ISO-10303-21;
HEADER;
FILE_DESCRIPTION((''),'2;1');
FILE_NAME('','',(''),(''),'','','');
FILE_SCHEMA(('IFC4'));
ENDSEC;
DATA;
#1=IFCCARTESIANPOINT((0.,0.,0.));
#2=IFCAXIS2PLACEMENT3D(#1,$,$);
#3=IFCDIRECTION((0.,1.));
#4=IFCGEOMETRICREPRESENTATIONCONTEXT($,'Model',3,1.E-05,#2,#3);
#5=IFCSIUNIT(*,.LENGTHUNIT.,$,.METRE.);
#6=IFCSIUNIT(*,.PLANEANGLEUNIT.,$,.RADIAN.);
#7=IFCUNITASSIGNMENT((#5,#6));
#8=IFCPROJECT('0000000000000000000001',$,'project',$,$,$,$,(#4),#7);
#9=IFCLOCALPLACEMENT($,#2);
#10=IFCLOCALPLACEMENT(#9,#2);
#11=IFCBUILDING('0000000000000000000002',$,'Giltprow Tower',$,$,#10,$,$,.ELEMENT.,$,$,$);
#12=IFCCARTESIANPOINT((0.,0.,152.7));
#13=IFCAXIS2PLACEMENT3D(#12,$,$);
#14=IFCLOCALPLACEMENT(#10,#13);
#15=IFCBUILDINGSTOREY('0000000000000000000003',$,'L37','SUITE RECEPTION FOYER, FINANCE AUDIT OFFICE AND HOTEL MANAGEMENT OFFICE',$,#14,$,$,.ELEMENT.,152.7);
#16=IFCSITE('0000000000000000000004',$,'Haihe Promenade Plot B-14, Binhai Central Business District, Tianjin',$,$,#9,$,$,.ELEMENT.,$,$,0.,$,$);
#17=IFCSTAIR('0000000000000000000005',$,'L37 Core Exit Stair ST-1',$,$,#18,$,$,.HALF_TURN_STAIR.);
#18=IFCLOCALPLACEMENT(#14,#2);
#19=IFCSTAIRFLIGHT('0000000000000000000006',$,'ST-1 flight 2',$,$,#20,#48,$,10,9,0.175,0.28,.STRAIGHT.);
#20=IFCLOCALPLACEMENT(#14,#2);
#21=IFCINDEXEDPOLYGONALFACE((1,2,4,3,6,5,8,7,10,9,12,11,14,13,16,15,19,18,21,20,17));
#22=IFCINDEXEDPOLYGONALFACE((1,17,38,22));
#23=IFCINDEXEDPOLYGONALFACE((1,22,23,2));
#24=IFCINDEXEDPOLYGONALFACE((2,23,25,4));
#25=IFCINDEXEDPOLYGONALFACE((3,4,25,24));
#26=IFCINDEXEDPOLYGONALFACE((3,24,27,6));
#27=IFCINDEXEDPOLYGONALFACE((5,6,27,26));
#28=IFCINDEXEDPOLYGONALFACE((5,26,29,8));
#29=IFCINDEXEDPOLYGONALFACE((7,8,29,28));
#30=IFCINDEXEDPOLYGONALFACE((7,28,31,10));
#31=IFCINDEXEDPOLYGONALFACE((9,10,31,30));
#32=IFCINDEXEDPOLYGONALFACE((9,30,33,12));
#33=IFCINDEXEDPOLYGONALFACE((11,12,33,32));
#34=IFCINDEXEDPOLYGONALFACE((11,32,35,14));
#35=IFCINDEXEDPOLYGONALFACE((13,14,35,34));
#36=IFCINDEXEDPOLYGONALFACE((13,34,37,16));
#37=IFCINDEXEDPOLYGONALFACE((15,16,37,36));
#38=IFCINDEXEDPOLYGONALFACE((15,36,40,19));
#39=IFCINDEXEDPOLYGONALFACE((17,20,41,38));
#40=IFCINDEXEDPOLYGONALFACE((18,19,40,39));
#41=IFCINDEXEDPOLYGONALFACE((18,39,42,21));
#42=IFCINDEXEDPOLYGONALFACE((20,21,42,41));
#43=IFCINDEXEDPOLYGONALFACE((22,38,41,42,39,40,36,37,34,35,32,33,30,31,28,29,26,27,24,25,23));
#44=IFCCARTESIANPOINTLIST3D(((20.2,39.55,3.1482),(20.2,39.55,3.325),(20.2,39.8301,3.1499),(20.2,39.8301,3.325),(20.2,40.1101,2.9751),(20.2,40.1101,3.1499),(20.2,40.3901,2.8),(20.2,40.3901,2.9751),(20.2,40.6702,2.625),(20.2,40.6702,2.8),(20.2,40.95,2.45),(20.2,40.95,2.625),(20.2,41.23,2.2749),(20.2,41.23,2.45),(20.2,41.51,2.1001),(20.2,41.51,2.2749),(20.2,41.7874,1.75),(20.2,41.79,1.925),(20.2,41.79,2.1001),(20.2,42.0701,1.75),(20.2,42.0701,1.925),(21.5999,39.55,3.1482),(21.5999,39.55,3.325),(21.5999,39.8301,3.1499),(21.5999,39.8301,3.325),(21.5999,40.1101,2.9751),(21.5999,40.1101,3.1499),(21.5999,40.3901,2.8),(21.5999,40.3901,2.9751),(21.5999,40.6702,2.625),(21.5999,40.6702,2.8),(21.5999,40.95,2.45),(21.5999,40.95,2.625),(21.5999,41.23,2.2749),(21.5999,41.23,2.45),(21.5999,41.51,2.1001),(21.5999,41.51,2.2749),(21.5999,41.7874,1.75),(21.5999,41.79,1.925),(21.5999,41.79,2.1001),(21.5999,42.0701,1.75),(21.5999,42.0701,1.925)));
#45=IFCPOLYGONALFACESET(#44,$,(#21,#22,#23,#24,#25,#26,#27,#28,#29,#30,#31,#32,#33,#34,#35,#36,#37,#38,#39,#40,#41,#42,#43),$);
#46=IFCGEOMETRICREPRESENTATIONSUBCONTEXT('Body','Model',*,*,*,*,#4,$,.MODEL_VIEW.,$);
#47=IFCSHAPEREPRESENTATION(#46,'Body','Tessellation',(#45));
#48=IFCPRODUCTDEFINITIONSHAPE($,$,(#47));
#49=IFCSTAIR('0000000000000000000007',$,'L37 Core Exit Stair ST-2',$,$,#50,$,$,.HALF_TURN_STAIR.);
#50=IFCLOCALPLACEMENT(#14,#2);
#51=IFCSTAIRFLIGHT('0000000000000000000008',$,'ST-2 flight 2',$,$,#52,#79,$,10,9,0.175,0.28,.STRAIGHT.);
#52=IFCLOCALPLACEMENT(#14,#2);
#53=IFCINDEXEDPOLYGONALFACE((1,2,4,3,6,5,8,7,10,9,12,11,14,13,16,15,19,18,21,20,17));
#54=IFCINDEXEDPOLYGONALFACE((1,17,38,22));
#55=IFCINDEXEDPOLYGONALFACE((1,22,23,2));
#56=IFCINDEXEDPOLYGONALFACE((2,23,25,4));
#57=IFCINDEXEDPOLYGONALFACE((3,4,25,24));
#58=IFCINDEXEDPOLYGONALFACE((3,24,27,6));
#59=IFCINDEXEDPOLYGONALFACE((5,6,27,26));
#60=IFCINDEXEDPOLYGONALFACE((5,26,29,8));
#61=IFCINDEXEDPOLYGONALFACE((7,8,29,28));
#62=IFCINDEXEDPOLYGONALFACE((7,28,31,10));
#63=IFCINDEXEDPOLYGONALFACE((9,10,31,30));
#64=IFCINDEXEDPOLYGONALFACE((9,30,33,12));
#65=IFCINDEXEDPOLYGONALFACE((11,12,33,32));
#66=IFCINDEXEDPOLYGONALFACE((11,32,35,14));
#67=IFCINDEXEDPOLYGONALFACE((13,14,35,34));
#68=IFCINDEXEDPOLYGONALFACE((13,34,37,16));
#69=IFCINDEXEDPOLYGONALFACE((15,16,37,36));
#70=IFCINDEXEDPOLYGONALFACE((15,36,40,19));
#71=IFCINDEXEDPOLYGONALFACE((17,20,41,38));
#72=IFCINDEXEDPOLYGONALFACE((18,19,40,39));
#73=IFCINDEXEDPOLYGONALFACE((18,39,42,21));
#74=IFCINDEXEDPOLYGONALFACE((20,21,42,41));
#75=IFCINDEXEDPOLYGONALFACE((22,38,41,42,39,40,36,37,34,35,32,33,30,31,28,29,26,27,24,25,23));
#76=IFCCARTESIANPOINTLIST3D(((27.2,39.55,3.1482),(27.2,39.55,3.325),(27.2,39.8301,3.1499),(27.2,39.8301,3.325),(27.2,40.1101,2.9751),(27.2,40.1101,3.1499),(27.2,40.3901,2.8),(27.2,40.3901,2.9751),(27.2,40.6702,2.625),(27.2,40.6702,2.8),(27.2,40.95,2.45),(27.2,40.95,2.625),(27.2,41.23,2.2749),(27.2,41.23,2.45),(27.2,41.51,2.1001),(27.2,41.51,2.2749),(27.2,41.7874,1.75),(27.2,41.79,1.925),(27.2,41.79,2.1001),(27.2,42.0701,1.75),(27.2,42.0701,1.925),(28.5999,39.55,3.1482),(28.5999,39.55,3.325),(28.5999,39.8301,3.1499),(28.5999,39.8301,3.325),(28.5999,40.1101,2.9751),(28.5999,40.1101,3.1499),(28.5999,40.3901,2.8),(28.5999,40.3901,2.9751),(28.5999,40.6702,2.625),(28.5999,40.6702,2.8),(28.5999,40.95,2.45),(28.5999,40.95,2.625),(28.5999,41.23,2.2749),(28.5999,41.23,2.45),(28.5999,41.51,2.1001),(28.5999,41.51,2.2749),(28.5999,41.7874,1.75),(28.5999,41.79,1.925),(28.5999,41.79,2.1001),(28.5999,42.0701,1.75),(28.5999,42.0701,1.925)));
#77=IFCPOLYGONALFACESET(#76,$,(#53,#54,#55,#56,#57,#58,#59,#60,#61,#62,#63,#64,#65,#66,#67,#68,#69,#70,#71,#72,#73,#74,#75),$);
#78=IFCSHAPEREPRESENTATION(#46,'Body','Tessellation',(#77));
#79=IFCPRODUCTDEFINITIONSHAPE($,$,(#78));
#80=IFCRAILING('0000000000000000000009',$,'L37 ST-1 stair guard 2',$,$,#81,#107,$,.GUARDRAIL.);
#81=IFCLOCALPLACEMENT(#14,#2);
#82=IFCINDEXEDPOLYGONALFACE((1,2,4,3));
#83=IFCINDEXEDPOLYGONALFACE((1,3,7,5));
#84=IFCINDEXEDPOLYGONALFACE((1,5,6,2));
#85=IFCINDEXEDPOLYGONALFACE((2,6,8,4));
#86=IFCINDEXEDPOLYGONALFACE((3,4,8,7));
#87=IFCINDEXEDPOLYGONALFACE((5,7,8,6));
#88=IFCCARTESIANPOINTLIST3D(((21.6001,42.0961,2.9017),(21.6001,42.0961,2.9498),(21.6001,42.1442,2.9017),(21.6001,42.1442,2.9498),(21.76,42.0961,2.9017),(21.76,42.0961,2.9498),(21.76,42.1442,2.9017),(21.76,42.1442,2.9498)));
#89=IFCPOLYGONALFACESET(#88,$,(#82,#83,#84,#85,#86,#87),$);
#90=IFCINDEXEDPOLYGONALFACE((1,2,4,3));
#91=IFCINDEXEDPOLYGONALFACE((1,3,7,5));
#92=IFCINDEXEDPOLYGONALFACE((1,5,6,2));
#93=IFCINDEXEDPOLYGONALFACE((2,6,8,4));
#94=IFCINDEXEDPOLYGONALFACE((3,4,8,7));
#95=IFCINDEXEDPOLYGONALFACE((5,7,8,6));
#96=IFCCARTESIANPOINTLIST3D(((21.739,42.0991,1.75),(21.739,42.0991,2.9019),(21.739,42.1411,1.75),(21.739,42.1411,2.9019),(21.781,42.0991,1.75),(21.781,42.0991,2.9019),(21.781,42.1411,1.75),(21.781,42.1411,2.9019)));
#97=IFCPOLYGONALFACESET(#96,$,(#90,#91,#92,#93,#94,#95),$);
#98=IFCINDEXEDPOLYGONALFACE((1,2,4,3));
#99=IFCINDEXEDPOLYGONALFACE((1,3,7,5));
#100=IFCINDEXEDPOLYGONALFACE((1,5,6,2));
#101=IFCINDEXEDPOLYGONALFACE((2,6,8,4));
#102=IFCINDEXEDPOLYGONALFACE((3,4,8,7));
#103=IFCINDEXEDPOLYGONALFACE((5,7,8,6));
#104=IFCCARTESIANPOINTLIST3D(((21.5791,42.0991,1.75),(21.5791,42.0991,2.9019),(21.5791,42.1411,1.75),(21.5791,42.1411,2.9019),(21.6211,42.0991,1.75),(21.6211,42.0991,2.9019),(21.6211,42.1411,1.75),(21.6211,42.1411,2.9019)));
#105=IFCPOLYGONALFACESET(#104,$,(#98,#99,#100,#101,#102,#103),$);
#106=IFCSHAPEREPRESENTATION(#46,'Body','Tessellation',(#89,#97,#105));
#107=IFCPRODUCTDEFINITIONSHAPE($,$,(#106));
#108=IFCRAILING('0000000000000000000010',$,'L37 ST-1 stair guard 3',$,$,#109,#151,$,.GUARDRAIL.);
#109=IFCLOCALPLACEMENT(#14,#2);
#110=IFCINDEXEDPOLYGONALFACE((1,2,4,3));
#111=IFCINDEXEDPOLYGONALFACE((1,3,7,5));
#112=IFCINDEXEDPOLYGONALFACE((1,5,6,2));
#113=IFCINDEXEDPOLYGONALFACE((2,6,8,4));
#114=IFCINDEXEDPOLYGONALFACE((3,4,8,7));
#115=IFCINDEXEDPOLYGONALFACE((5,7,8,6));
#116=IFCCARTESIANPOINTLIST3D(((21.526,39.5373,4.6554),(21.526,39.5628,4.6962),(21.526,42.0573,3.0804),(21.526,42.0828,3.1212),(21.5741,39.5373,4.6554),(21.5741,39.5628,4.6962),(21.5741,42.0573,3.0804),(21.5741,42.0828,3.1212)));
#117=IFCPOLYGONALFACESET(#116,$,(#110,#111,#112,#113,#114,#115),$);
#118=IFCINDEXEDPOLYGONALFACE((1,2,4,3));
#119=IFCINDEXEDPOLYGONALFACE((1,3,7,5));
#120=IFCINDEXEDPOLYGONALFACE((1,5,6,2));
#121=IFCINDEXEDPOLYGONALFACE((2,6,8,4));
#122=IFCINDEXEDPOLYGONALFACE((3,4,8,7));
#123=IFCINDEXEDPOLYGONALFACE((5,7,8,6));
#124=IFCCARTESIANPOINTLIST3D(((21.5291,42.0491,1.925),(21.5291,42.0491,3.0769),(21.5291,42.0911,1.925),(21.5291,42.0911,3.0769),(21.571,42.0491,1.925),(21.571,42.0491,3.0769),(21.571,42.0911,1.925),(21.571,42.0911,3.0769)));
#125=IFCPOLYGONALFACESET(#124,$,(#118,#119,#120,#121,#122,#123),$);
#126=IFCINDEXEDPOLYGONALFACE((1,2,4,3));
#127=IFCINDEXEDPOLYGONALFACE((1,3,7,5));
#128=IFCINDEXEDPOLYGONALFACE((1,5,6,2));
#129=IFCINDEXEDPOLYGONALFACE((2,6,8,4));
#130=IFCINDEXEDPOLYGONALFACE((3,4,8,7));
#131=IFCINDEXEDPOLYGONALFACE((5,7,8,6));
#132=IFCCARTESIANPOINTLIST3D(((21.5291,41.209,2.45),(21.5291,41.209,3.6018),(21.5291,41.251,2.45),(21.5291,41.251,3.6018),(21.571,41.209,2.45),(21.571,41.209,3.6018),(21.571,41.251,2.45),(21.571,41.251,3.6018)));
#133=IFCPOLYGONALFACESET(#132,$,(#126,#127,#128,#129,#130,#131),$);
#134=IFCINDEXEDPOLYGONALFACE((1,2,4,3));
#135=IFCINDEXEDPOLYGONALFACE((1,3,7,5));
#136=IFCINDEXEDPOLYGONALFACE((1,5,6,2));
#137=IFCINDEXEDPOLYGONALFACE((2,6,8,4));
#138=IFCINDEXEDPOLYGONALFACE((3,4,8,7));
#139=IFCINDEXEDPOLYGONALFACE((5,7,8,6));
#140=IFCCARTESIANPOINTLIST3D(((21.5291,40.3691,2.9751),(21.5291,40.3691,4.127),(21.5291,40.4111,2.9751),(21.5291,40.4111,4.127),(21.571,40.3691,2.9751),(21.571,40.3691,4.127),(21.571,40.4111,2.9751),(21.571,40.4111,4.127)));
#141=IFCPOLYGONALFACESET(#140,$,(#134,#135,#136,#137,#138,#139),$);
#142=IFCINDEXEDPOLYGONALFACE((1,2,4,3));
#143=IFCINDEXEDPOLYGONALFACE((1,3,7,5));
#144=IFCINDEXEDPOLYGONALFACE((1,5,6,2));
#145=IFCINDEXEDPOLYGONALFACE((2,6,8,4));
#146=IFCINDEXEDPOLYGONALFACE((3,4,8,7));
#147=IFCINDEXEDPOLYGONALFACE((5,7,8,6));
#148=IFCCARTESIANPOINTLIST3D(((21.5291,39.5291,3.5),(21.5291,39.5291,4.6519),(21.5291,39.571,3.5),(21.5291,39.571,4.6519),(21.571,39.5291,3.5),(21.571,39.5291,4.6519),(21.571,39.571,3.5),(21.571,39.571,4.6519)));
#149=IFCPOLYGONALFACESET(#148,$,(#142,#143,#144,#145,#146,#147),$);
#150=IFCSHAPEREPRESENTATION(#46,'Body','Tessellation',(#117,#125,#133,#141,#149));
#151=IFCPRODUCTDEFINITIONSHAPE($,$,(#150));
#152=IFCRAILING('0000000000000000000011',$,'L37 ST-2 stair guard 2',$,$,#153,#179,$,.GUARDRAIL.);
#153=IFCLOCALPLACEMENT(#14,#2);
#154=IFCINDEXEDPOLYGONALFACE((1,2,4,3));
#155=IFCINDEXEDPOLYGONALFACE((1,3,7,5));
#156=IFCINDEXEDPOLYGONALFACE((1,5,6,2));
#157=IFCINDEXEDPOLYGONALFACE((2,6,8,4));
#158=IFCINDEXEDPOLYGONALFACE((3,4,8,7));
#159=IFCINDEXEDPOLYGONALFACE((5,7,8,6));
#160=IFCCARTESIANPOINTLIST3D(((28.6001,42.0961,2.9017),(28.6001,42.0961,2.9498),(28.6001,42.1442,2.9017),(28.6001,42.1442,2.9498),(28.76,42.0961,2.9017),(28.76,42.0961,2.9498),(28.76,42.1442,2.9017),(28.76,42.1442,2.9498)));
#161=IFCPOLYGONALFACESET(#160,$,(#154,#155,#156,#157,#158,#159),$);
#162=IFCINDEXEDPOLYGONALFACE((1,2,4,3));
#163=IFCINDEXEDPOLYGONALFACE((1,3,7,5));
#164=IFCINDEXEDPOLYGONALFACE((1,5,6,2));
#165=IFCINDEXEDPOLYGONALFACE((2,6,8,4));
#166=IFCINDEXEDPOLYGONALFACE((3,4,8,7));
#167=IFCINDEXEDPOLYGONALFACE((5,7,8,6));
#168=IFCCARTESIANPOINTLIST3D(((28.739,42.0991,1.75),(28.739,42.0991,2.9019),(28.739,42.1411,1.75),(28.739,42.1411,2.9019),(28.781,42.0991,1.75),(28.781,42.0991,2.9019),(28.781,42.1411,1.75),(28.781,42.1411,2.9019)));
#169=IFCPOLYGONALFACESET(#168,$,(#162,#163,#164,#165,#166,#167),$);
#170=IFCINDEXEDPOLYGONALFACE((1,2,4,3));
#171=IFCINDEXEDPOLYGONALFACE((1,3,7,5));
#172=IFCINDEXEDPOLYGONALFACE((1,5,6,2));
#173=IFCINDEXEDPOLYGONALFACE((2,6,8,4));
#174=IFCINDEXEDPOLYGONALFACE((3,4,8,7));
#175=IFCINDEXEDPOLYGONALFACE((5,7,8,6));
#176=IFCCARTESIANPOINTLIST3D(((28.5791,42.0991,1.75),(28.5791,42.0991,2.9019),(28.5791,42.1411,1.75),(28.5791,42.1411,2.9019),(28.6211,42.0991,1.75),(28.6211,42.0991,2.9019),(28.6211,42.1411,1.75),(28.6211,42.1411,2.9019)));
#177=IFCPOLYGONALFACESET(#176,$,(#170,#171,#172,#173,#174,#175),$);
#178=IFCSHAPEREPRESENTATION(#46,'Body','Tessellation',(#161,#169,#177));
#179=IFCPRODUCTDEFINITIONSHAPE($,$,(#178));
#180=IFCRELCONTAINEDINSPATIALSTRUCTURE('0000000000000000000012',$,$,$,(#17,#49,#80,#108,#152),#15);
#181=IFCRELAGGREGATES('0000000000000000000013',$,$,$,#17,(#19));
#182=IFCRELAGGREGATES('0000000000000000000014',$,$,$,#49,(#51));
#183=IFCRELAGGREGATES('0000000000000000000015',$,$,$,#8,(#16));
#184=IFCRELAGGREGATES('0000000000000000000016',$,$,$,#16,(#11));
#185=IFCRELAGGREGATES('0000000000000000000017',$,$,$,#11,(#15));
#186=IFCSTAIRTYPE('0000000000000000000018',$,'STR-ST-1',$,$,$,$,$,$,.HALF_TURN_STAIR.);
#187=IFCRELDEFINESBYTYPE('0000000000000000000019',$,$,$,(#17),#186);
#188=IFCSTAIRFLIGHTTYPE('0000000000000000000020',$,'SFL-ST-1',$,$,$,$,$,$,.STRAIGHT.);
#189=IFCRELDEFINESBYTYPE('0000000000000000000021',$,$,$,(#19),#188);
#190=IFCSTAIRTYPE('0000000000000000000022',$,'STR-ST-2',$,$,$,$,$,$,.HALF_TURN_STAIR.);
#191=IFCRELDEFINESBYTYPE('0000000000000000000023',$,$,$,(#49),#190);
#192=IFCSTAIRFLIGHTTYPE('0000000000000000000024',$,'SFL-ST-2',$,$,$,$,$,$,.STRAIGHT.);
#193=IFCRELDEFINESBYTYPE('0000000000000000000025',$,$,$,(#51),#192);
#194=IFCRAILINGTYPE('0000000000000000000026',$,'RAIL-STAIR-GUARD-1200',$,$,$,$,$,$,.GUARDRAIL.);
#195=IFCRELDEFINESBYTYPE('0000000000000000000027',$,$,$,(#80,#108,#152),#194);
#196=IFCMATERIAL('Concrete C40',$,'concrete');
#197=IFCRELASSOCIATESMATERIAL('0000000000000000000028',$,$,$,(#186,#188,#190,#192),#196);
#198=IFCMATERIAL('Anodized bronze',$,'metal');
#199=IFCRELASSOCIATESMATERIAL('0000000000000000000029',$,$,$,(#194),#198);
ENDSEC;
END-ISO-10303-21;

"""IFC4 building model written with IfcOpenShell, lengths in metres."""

from ifc_helpers import new_model, si_unit, direction, frame, origin, origin_2d, place, context, subcontext, project, spatial, polyline, rectangle, outline, extrude, material, type_object, element, aggregate, save


model = new_model("IFC4")

# Units and contexts
model_context = context("Model", 3, precision=1e-05, world=origin(), true_north=direction((0.0, 1.0)))
body_context = subcontext(model_context, "Body", "Model", "MODEL_VIEW")
ifc_project = project(units=[si_unit("LENGTHUNIT", "METRE"), si_unit("PLANEANGLEUNIT", "RADIAN")], contexts=[model_context])

# Site, building, storey
site_placement = place(None, origin())
site = spatial("IfcSite", under=ifc_project, at=site_placement, Name="Haihe Promenade Plot B-14, Binhai Central Business District, Tianjin", CompositionType="ELEMENT", RefElevation=0.0)
building_placement = place(site_placement, origin())
building = spatial("IfcBuilding", under=site, at=building_placement, Name="Giltprow Tower", CompositionType="ELEMENT")
storey_placement = place(building_placement, frame((0.0, 0.0, 152.7)))
storey = spatial("IfcBuildingStorey", under=building, at=storey_placement, Name="L37", Description="SUITE RECEPTION FOYER, FINANCE AUDIT OFFICE AND HOTEL MANAGEMENT OFFICE", CompositionType="ELEMENT", Elevation=152.7)

# Shared definitions
ifc_material_1 = material(Name="Concrete C40", Category="concrete")

# Stairs, stair flights
stair_type_1 = type_object("IfcStairType", Name="STR-ST-1", PredefinedType="HALF_TURN_STAIR", material=ifc_material_1)
stair_1_placement = place(storey_placement, origin())
stair_1 = element("IfcStair", 1, at=stair_1_placement, inside=storey, type_object=stair_type_1, Name="L37 Core Exit Stair ST-1", PredefinedType="HALF_TURN_STAIR")
stair_flight_type_1 = type_object("IfcStairFlightType", Name="SFL-ST-1", PredefinedType="STRAIGHT", material=ifc_material_1)
stair_flight_1_placement = place(storey_placement, frame((20.8999, 42.0701, 1.75), z_axis=(0.0, 0.0, 1.0), x_axis=(0.0, -1.0, 0.0)))
stair_flight_1 = element("IfcStairFlight", 2, at=stair_flight_1_placement, type_object=stair_flight_type_1, Name="ST-1 flight 2", NumberOfRisers=10, NumberOfTreads=9, PredefinedType="STRAIGHT", RiserHeight=0.175, TreadLength=0.28, context=body_context, shape_type="SweptSolid", body=[
    extrude(outline(polyline([(0.0, 0.0), (0.0, 0.175), (0.28, 0.175), (0.28, 0.3501), (0.5601, 0.3501), (0.5601, 0.5249), (0.8401, 0.5249), (0.8401, 0.7), (1.1201, 0.7), (1.1201, 0.875), (1.3999, 0.875), (1.3999, 1.05), (1.6799, 1.05), (1.6799, 1.2251), (1.96, 1.2251), (1.96, 1.3999), (2.24, 1.3999), (2.24, 1.575), (2.52, 1.575), (2.52, 1.75), (2.52, 1.3982), (0.2827, 0.0), (0.0, 0.0)])), frame((0.0, 0.7, 0.0), z_axis=(0.0, -1.0, 0.0), x_axis=(1.0, 0.0, 0.0)), (0.0, 0.0, 1.0), 1.3999),
])
aggregate(stair_1, [stair_flight_1])
stair_type_2 = type_object("IfcStairType", Name="STR-ST-2", PredefinedType="HALF_TURN_STAIR", material=ifc_material_1)
stair_2_placement = place(storey_placement, origin())
stair_2 = element("IfcStair", 3, at=stair_2_placement, inside=storey, type_object=stair_type_2, Name="L37 Core Exit Stair ST-2", PredefinedType="HALF_TURN_STAIR")
stair_flight_type_2 = type_object("IfcStairFlightType", Name="SFL-ST-2", PredefinedType="STRAIGHT", material=ifc_material_1)
stair_flight_2_placement = place(storey_placement, frame((27.8999, 42.0701, 1.75), z_axis=(0.0, 0.0, 1.0), x_axis=(0.0, -1.0, 0.0)))
stair_flight_2 = element("IfcStairFlight", 4, at=stair_flight_2_placement, type_object=stair_flight_type_2, Name="ST-2 flight 2", NumberOfRisers=10, NumberOfTreads=9, PredefinedType="STRAIGHT", RiserHeight=0.175, TreadLength=0.28, context=body_context, shape_type="SweptSolid", body=[
    extrude(outline(polyline([(0.0, 0.0), (0.0, 0.175), (0.28, 0.175), (0.28, 0.3501), (0.5601, 0.3501), (0.5601, 0.5249), (0.8401, 0.5249), (0.8401, 0.7), (1.1201, 0.7), (1.1201, 0.875), (1.3999, 0.875), (1.3999, 1.05), (1.6799, 1.05), (1.6799, 1.2251), (1.96, 1.2251), (1.96, 1.3999), (2.24, 1.3999), (2.24, 1.575), (2.52, 1.575), (2.52, 1.75), (2.52, 1.3982), (0.2827, 0.0), (0.0, 0.0)])), frame((0.0, 0.7, 0.0), z_axis=(0.0, -1.0, 0.0), x_axis=(1.0, 0.0, 0.0)), (0.0, 0.0, 1.0), 1.3999),
])
aggregate(stair_2, [stair_flight_2])

# Railings
ifc_material_2 = material(Name="Anodized bronze", Category="metal")
railing_type_1 = type_object("IfcRailingType", Name="RAIL-STAIR-GUARD-1200", PredefinedType="GUARDRAIL", material=ifc_material_2)
railing_1_placement = place(storey_placement, frame((21.76, 42.1201, 1.75)))
element("IfcRailing", 5, at=railing_1_placement, inside=storey, type_object=railing_type_1, Name="L37 ST-1 stair guard 2", PredefinedType="GUARDRAIL", context=body_context, shape_type="SweptSolid", body=[
    extrude(rectangle(XDim=0.0481, YDim=0.0481, at=origin_2d()), frame((0.0, 0.0, 1.1758), z_axis=(-1.0, 0.0, 0.0), x_axis=(0.0, -1.0, 0.0)), (0.0, 0.0, 1.0), 0.1599),
    extrude(rectangle(XDim=0.042, YDim=0.042, at=origin_2d()), origin(), (0.0, 0.0, 1.0), 1.1519),
    extrude(rectangle(XDim=0.042, YDim=0.042, at=origin_2d()), frame((-0.1599, 0.0, 0.0)), (0.0, 0.0, 1.0), 1.1519),
])
railing_2_placement = place(storey_placement, frame((21.55, 42.0701, 1.925)))
element("IfcRailing", 6, at=railing_2_placement, inside=storey, type_object=railing_type_1, Name="L37 ST-1 stair guard 3", PredefinedType="GUARDRAIL", context=body_context, shape_type="SweptSolid", body=[
    extrude(rectangle(XDim=0.0481, YDim=0.0481, at=origin_2d()), frame((0.0, 0.0, 1.1758), z_axis=(0.0, -0.848008, 0.529984), x_axis=(1.0, 0.0, 0.0)), (0.0, 0.0, 1.0), 2.9717),
    extrude(rectangle(XDim=0.042, YDim=0.042, at=origin_2d()), origin(), (0.0, 0.0, 1.0), 1.1519),
    extrude(rectangle(XDim=0.042, YDim=0.042, at=origin_2d()), frame((0.0, -0.8401, 0.5249)), (0.0, 0.0, 1.0), 1.1519),
    extrude(rectangle(XDim=0.042, YDim=0.042, at=origin_2d()), frame((0.0, -1.6799, 1.05)), (0.0, 0.0, 1.0), 1.1519),
    extrude(rectangle(XDim=0.042, YDim=0.042, at=origin_2d()), frame((0.0, -2.52, 1.575)), (0.0, 0.0, 1.0), 1.1519),
])
railing_3_placement = place(storey_placement, frame((28.76, 42.1201, 1.75)))
element("IfcRailing", 7, at=railing_3_placement, inside=storey, type_object=railing_type_1, Name="L37 ST-2 stair guard 2", PredefinedType="GUARDRAIL", context=body_context, shape_type="SweptSolid", body=[
    extrude(rectangle(XDim=0.0481, YDim=0.0481, at=origin_2d()), frame((0.0, 0.0, 1.1758), z_axis=(-1.0, 0.0, 0.0), x_axis=(0.0, -1.0, 0.0)), (0.0, 0.0, 1.0), 0.1599),
    extrude(rectangle(XDim=0.042, YDim=0.042, at=origin_2d()), origin(), (0.0, 0.0, 1.0), 1.1519),
    extrude(rectangle(XDim=0.042, YDim=0.042, at=origin_2d()), frame((-0.1599, 0.0, 0.0)), (0.0, 0.0, 1.0), 1.1519),
])

save(model, "model.ifc")
